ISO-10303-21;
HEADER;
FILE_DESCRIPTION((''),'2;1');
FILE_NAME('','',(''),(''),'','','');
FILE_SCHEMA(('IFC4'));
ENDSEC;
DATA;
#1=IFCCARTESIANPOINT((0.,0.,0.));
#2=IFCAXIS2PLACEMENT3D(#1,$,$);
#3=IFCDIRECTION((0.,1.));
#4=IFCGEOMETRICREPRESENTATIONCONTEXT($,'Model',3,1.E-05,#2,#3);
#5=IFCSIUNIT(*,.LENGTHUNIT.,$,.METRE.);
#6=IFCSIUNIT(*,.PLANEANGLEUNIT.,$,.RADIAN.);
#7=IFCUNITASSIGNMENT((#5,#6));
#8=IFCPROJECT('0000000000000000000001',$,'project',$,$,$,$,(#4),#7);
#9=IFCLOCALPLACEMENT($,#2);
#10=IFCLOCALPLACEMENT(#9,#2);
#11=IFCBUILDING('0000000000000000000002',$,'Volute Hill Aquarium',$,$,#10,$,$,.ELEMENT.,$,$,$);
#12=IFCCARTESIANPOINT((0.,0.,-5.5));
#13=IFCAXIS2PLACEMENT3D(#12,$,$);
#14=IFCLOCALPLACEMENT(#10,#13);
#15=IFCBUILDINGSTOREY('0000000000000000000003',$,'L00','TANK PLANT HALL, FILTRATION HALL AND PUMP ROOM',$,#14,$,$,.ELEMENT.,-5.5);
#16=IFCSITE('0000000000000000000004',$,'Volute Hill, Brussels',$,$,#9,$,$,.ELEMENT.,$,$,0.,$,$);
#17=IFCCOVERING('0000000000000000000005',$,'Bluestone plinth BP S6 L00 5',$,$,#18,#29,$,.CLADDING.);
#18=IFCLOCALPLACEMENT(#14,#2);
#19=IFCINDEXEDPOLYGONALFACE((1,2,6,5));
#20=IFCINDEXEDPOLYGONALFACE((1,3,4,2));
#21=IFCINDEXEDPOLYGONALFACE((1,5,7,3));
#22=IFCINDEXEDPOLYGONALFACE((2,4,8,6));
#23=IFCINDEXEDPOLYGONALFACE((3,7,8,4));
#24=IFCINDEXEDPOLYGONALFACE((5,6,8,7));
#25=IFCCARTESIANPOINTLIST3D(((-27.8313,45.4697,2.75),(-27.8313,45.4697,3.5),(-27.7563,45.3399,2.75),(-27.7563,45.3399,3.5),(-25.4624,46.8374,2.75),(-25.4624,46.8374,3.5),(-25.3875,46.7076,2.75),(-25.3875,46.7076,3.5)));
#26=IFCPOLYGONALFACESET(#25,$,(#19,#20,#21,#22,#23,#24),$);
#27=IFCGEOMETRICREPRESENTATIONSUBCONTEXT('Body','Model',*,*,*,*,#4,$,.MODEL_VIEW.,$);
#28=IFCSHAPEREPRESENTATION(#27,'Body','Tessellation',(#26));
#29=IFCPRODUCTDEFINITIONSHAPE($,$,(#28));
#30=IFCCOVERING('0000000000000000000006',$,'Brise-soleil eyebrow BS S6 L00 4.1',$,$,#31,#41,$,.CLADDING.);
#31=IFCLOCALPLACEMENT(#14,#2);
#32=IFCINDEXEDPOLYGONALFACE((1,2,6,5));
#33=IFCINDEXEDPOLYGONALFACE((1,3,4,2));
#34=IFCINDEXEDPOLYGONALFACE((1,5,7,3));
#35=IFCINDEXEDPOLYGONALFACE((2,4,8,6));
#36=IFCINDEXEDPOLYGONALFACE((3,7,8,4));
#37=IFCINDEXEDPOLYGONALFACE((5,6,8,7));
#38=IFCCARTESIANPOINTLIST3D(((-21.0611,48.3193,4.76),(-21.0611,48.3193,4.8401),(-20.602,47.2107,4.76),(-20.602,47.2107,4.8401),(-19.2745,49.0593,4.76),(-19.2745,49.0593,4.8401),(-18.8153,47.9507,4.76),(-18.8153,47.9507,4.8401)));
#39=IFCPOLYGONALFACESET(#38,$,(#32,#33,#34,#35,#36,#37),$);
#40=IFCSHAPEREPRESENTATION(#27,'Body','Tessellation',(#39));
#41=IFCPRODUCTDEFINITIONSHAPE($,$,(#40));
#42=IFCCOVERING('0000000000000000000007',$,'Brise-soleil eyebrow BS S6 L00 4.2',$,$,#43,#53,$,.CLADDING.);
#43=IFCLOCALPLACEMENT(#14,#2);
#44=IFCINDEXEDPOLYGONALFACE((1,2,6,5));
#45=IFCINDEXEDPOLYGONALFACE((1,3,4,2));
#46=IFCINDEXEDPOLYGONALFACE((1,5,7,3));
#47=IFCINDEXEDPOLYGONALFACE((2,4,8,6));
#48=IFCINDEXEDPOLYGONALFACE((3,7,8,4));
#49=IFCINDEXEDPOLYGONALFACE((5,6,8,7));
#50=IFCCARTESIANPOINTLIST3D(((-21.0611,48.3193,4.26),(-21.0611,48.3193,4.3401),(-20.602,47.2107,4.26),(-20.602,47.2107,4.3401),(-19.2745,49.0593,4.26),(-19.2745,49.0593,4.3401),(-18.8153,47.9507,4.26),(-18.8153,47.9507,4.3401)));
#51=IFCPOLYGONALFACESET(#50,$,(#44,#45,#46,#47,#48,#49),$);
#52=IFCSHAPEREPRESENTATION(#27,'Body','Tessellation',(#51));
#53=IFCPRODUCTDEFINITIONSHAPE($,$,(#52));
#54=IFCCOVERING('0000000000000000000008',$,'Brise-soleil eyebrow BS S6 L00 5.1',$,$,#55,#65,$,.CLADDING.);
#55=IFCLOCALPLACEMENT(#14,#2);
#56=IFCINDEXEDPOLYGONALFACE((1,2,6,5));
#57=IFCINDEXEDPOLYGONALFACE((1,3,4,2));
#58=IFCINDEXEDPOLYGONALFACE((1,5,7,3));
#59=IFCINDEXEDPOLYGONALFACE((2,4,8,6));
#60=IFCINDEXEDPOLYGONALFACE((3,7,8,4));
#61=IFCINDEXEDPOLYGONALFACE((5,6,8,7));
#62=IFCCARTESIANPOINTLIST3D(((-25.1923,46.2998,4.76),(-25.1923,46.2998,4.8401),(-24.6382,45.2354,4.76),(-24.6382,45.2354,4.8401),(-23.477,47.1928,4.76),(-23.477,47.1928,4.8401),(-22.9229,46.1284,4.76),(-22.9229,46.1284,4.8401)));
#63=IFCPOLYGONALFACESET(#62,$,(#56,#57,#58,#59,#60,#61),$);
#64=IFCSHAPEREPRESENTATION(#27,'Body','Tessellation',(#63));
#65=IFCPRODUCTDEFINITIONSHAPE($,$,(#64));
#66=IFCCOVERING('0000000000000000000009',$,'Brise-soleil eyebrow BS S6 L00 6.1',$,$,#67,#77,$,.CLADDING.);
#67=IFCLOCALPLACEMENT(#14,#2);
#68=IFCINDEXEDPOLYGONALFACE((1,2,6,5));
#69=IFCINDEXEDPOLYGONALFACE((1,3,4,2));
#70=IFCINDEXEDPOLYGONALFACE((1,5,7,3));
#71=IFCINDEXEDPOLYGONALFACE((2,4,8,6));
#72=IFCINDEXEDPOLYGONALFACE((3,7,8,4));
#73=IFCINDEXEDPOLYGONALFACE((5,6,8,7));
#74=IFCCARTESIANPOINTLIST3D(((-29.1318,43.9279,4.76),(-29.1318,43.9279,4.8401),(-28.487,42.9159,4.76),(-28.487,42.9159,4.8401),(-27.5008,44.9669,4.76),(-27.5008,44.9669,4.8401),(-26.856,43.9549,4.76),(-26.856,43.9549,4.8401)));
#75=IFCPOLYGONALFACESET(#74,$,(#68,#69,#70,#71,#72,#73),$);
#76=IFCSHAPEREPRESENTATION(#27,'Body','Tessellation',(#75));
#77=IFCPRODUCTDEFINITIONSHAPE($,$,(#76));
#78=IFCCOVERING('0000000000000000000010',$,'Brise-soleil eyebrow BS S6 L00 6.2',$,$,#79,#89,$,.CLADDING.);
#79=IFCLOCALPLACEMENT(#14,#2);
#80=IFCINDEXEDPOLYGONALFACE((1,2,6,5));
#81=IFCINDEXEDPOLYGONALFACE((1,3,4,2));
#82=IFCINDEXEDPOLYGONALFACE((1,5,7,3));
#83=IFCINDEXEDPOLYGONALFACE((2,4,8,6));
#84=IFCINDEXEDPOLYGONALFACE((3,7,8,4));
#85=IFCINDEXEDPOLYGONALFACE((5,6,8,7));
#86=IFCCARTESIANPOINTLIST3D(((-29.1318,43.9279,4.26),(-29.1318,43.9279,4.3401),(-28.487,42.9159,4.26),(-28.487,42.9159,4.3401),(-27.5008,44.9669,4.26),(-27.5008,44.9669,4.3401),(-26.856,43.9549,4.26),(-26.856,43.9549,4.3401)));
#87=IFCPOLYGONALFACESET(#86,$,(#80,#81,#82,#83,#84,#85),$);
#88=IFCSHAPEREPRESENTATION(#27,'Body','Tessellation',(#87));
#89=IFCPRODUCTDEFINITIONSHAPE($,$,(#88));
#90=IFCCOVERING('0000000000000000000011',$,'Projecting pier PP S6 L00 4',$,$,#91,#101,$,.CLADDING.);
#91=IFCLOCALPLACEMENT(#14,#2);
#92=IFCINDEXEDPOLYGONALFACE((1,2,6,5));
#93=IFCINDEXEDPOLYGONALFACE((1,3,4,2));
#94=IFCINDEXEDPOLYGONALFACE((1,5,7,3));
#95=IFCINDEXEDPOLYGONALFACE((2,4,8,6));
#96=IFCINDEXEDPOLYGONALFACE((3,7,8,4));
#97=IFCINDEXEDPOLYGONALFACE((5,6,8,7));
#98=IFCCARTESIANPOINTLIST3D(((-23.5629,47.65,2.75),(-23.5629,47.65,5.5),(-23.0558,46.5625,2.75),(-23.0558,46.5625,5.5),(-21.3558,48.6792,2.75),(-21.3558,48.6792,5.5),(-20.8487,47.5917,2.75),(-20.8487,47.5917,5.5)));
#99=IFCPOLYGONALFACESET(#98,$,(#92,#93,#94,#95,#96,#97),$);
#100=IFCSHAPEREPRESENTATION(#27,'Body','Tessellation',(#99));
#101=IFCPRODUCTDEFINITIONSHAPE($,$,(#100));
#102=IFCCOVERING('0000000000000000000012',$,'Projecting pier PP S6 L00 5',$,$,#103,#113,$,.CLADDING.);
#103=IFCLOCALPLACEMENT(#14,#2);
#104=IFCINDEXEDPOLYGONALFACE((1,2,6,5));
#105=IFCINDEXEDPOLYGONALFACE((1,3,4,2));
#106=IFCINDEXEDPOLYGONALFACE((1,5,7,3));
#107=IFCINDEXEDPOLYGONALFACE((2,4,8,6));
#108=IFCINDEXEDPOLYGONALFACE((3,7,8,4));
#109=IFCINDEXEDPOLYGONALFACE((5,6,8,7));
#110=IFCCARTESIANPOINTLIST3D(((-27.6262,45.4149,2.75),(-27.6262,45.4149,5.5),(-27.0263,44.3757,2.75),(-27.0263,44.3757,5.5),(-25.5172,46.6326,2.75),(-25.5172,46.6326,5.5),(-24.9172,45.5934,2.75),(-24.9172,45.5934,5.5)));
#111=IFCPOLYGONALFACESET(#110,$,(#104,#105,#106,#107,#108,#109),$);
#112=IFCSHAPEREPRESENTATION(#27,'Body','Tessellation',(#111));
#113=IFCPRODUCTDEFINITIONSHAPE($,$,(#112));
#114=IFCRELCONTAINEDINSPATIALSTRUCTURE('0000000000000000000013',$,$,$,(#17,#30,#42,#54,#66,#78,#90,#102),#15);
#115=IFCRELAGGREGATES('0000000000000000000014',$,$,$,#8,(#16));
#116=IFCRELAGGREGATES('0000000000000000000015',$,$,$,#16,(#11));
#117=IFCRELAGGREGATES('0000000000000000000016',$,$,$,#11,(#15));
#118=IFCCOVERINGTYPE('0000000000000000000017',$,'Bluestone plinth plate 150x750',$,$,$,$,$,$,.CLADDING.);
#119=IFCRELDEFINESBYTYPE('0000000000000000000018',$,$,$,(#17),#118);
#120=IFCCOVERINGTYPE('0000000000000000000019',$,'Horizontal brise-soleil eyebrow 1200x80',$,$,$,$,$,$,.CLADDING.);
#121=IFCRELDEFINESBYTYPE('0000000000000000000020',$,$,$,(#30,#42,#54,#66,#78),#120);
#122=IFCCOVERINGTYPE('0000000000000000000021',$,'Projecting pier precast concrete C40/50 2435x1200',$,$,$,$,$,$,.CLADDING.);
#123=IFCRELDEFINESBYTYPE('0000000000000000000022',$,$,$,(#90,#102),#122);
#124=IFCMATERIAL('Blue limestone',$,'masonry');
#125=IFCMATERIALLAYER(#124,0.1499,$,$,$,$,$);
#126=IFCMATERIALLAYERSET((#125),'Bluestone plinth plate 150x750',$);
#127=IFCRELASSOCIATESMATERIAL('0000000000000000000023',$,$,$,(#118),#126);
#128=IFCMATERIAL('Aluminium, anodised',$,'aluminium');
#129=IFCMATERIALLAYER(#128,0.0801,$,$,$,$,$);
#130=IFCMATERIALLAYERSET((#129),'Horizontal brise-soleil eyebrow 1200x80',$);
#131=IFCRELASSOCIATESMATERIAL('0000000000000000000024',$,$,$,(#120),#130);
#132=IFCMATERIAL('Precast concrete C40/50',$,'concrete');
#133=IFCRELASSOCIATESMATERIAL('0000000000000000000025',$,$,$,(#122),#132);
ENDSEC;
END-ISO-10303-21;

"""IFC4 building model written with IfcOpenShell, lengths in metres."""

from ifc_helpers import new_model, si_unit, direction, frame, origin, origin_2d, place, context, subcontext, project, spatial, rectangle, extrude, material, layer, layer_set, type_object, element, save


model = new_model("IFC4")

# Units and contexts
model_context = context("Model", 3, precision=1e-05, world=origin(), true_north=direction((0.0, 1.0)))
body_context = subcontext(model_context, "Body", "Model", "MODEL_VIEW")
ifc_project = project(units=[si_unit("LENGTHUNIT", "METRE"), si_unit("PLANEANGLEUNIT", "RADIAN")], contexts=[model_context])

# Site, building, storey
site_placement = place(None, origin())
site = spatial("IfcSite", under=ifc_project, at=site_placement, Name="Volute Hill, Brussels", CompositionType="ELEMENT", RefElevation=0.0)
building_placement = place(site_placement, origin())
building = spatial("IfcBuilding", under=site, at=building_placement, Name="Volute Hill Aquarium", CompositionType="ELEMENT")
storey_placement = place(building_placement, frame((0.0, 0.0, -5.5)))
storey = spatial("IfcBuildingStorey", under=building, at=storey_placement, Name="L00", Description="TANK PLANT HALL, FILTRATION HALL AND PUMP ROOM", CompositionType="ELEMENT", Elevation=-5.5)

# Coverings
ifc_material_1 = material(Name="Blue limestone", Category="masonry")
ifc_layer_1 = layer(ifc_material_1, 0.1499)
ifc_layer_set_1 = layer_set([ifc_layer_1], Name="Bluestone plinth plate 150x750")
covering_type_1 = type_object("IfcCoveringType", Name="Bluestone plinth plate 150x750", PredefinedType="CLADDING", material=ifc_layer_set_1)
for number, where, z_axis, x_axis, name in (
    (1, (-26.6094, 46.0886, 2.75), (0.0, 0.0, 1.0), (-0.866025, -0.5, 0.0), "Bluestone plinth BP S6 L00 5"),
):
    element("IfcCovering", number, at=place(storey_placement, frame(where, z_axis=z_axis, x_axis=x_axis)), inside=storey, type_object=covering_type_1, Name=name, PredefinedType="CLADDING", context=body_context, shape_type="SweptSolid", body=[
        extrude(rectangle(XDim=2.7354, YDim=0.1499, at=origin_2d()), origin(), (0.0, 0.0, 1.0), 0.75),
    ])
ifc_material_2 = material(Name="Aluminium, anodised", Category="aluminium")
ifc_layer_2 = layer(ifc_material_2, 0.0801)
ifc_layer_set_2 = layer_set([ifc_layer_2], Name="Horizontal brise-soleil eyebrow 1200x80")
covering_type_2 = type_object("IfcCoveringType", Name="Horizontal brise-soleil eyebrow 1200x80", PredefinedType="CLADDING", material=ifc_layer_set_2)
for number, where, z_axis, x_axis, name in (
    (2, (-19.9382, 48.135, 4.76), (0.0, 0.0, 1.0), (-0.923881, -0.38268, 0.0), "Brise-soleil eyebrow BS S6 L00 4.1"),
    (3, (-19.9382, 48.135, 4.26), (0.0, 0.0, 1.0), (-0.923881, -0.38268, 0.0), "Brise-soleil eyebrow BS S6 L00 4.2"),
    (4, (-24.0576, 46.2141, 4.76), (0.0, 0.0, 1.0), (-0.887006, -0.461759, 0.0), "Brise-soleil eyebrow BS S6 L00 5.1"),
    (5, (-27.9939, 43.9414, 4.76), (0.0, 0.0, 1.0), (-0.843396, -0.537293, 0.0), "Brise-soleil eyebrow BS S6 L00 6.1"),
    (6, (-27.9939, 43.9414, 4.26), (0.0, 0.0, 1.0), (-0.843396, -0.537293, 0.0), "Brise-soleil eyebrow BS S6 L00 6.2"),
):
    element("IfcCovering", number, at=place(storey_placement, frame(where, z_axis=z_axis, x_axis=x_axis)), inside=storey, type_object=covering_type_2, Name=name, PredefinedType="CLADDING", context=body_context, shape_type="SweptSolid", body=[
        extrude(rectangle(XDim=1.9338, YDim=1.2, at=origin_2d()), origin(), (0.0, 0.0, 1.0), 0.0801),
    ])
ifc_material_3 = material(Name="Precast concrete C40/50", Category="concrete")
covering_type_3 = type_object("IfcCoveringType", Name="Projecting pier precast concrete C40/50 2435x1200", PredefinedType="CLADDING", material=ifc_material_3)
for number, where, z_axis, x_axis, name in (
    (7, (-22.2058, 47.6208, 2.75), (0.0, 0.0, 1.0), (-0.906308, -0.422618, 0.0), "Projecting pier PP S6 L00 4"),
    (8, (-26.2717, 45.5042, 2.75), (0.0, 0.0, 1.0), (-0.866025, -0.5, 0.0), "Projecting pier PP S6 L00 5"),
):
    element("IfcCovering", number, at=place(storey_placement, frame(where, z_axis=z_axis, x_axis=x_axis)), inside=storey, type_object=covering_type_3, Name=name, PredefinedType="CLADDING", context=body_context, shape_type="SweptSolid", body=[
        extrude(rectangle(XDim=2.4353, YDim=1.2, at=origin_2d()), origin(), (0.0, 0.0, 1.0), 2.75),
    ])

save(model, "model.ifc")
